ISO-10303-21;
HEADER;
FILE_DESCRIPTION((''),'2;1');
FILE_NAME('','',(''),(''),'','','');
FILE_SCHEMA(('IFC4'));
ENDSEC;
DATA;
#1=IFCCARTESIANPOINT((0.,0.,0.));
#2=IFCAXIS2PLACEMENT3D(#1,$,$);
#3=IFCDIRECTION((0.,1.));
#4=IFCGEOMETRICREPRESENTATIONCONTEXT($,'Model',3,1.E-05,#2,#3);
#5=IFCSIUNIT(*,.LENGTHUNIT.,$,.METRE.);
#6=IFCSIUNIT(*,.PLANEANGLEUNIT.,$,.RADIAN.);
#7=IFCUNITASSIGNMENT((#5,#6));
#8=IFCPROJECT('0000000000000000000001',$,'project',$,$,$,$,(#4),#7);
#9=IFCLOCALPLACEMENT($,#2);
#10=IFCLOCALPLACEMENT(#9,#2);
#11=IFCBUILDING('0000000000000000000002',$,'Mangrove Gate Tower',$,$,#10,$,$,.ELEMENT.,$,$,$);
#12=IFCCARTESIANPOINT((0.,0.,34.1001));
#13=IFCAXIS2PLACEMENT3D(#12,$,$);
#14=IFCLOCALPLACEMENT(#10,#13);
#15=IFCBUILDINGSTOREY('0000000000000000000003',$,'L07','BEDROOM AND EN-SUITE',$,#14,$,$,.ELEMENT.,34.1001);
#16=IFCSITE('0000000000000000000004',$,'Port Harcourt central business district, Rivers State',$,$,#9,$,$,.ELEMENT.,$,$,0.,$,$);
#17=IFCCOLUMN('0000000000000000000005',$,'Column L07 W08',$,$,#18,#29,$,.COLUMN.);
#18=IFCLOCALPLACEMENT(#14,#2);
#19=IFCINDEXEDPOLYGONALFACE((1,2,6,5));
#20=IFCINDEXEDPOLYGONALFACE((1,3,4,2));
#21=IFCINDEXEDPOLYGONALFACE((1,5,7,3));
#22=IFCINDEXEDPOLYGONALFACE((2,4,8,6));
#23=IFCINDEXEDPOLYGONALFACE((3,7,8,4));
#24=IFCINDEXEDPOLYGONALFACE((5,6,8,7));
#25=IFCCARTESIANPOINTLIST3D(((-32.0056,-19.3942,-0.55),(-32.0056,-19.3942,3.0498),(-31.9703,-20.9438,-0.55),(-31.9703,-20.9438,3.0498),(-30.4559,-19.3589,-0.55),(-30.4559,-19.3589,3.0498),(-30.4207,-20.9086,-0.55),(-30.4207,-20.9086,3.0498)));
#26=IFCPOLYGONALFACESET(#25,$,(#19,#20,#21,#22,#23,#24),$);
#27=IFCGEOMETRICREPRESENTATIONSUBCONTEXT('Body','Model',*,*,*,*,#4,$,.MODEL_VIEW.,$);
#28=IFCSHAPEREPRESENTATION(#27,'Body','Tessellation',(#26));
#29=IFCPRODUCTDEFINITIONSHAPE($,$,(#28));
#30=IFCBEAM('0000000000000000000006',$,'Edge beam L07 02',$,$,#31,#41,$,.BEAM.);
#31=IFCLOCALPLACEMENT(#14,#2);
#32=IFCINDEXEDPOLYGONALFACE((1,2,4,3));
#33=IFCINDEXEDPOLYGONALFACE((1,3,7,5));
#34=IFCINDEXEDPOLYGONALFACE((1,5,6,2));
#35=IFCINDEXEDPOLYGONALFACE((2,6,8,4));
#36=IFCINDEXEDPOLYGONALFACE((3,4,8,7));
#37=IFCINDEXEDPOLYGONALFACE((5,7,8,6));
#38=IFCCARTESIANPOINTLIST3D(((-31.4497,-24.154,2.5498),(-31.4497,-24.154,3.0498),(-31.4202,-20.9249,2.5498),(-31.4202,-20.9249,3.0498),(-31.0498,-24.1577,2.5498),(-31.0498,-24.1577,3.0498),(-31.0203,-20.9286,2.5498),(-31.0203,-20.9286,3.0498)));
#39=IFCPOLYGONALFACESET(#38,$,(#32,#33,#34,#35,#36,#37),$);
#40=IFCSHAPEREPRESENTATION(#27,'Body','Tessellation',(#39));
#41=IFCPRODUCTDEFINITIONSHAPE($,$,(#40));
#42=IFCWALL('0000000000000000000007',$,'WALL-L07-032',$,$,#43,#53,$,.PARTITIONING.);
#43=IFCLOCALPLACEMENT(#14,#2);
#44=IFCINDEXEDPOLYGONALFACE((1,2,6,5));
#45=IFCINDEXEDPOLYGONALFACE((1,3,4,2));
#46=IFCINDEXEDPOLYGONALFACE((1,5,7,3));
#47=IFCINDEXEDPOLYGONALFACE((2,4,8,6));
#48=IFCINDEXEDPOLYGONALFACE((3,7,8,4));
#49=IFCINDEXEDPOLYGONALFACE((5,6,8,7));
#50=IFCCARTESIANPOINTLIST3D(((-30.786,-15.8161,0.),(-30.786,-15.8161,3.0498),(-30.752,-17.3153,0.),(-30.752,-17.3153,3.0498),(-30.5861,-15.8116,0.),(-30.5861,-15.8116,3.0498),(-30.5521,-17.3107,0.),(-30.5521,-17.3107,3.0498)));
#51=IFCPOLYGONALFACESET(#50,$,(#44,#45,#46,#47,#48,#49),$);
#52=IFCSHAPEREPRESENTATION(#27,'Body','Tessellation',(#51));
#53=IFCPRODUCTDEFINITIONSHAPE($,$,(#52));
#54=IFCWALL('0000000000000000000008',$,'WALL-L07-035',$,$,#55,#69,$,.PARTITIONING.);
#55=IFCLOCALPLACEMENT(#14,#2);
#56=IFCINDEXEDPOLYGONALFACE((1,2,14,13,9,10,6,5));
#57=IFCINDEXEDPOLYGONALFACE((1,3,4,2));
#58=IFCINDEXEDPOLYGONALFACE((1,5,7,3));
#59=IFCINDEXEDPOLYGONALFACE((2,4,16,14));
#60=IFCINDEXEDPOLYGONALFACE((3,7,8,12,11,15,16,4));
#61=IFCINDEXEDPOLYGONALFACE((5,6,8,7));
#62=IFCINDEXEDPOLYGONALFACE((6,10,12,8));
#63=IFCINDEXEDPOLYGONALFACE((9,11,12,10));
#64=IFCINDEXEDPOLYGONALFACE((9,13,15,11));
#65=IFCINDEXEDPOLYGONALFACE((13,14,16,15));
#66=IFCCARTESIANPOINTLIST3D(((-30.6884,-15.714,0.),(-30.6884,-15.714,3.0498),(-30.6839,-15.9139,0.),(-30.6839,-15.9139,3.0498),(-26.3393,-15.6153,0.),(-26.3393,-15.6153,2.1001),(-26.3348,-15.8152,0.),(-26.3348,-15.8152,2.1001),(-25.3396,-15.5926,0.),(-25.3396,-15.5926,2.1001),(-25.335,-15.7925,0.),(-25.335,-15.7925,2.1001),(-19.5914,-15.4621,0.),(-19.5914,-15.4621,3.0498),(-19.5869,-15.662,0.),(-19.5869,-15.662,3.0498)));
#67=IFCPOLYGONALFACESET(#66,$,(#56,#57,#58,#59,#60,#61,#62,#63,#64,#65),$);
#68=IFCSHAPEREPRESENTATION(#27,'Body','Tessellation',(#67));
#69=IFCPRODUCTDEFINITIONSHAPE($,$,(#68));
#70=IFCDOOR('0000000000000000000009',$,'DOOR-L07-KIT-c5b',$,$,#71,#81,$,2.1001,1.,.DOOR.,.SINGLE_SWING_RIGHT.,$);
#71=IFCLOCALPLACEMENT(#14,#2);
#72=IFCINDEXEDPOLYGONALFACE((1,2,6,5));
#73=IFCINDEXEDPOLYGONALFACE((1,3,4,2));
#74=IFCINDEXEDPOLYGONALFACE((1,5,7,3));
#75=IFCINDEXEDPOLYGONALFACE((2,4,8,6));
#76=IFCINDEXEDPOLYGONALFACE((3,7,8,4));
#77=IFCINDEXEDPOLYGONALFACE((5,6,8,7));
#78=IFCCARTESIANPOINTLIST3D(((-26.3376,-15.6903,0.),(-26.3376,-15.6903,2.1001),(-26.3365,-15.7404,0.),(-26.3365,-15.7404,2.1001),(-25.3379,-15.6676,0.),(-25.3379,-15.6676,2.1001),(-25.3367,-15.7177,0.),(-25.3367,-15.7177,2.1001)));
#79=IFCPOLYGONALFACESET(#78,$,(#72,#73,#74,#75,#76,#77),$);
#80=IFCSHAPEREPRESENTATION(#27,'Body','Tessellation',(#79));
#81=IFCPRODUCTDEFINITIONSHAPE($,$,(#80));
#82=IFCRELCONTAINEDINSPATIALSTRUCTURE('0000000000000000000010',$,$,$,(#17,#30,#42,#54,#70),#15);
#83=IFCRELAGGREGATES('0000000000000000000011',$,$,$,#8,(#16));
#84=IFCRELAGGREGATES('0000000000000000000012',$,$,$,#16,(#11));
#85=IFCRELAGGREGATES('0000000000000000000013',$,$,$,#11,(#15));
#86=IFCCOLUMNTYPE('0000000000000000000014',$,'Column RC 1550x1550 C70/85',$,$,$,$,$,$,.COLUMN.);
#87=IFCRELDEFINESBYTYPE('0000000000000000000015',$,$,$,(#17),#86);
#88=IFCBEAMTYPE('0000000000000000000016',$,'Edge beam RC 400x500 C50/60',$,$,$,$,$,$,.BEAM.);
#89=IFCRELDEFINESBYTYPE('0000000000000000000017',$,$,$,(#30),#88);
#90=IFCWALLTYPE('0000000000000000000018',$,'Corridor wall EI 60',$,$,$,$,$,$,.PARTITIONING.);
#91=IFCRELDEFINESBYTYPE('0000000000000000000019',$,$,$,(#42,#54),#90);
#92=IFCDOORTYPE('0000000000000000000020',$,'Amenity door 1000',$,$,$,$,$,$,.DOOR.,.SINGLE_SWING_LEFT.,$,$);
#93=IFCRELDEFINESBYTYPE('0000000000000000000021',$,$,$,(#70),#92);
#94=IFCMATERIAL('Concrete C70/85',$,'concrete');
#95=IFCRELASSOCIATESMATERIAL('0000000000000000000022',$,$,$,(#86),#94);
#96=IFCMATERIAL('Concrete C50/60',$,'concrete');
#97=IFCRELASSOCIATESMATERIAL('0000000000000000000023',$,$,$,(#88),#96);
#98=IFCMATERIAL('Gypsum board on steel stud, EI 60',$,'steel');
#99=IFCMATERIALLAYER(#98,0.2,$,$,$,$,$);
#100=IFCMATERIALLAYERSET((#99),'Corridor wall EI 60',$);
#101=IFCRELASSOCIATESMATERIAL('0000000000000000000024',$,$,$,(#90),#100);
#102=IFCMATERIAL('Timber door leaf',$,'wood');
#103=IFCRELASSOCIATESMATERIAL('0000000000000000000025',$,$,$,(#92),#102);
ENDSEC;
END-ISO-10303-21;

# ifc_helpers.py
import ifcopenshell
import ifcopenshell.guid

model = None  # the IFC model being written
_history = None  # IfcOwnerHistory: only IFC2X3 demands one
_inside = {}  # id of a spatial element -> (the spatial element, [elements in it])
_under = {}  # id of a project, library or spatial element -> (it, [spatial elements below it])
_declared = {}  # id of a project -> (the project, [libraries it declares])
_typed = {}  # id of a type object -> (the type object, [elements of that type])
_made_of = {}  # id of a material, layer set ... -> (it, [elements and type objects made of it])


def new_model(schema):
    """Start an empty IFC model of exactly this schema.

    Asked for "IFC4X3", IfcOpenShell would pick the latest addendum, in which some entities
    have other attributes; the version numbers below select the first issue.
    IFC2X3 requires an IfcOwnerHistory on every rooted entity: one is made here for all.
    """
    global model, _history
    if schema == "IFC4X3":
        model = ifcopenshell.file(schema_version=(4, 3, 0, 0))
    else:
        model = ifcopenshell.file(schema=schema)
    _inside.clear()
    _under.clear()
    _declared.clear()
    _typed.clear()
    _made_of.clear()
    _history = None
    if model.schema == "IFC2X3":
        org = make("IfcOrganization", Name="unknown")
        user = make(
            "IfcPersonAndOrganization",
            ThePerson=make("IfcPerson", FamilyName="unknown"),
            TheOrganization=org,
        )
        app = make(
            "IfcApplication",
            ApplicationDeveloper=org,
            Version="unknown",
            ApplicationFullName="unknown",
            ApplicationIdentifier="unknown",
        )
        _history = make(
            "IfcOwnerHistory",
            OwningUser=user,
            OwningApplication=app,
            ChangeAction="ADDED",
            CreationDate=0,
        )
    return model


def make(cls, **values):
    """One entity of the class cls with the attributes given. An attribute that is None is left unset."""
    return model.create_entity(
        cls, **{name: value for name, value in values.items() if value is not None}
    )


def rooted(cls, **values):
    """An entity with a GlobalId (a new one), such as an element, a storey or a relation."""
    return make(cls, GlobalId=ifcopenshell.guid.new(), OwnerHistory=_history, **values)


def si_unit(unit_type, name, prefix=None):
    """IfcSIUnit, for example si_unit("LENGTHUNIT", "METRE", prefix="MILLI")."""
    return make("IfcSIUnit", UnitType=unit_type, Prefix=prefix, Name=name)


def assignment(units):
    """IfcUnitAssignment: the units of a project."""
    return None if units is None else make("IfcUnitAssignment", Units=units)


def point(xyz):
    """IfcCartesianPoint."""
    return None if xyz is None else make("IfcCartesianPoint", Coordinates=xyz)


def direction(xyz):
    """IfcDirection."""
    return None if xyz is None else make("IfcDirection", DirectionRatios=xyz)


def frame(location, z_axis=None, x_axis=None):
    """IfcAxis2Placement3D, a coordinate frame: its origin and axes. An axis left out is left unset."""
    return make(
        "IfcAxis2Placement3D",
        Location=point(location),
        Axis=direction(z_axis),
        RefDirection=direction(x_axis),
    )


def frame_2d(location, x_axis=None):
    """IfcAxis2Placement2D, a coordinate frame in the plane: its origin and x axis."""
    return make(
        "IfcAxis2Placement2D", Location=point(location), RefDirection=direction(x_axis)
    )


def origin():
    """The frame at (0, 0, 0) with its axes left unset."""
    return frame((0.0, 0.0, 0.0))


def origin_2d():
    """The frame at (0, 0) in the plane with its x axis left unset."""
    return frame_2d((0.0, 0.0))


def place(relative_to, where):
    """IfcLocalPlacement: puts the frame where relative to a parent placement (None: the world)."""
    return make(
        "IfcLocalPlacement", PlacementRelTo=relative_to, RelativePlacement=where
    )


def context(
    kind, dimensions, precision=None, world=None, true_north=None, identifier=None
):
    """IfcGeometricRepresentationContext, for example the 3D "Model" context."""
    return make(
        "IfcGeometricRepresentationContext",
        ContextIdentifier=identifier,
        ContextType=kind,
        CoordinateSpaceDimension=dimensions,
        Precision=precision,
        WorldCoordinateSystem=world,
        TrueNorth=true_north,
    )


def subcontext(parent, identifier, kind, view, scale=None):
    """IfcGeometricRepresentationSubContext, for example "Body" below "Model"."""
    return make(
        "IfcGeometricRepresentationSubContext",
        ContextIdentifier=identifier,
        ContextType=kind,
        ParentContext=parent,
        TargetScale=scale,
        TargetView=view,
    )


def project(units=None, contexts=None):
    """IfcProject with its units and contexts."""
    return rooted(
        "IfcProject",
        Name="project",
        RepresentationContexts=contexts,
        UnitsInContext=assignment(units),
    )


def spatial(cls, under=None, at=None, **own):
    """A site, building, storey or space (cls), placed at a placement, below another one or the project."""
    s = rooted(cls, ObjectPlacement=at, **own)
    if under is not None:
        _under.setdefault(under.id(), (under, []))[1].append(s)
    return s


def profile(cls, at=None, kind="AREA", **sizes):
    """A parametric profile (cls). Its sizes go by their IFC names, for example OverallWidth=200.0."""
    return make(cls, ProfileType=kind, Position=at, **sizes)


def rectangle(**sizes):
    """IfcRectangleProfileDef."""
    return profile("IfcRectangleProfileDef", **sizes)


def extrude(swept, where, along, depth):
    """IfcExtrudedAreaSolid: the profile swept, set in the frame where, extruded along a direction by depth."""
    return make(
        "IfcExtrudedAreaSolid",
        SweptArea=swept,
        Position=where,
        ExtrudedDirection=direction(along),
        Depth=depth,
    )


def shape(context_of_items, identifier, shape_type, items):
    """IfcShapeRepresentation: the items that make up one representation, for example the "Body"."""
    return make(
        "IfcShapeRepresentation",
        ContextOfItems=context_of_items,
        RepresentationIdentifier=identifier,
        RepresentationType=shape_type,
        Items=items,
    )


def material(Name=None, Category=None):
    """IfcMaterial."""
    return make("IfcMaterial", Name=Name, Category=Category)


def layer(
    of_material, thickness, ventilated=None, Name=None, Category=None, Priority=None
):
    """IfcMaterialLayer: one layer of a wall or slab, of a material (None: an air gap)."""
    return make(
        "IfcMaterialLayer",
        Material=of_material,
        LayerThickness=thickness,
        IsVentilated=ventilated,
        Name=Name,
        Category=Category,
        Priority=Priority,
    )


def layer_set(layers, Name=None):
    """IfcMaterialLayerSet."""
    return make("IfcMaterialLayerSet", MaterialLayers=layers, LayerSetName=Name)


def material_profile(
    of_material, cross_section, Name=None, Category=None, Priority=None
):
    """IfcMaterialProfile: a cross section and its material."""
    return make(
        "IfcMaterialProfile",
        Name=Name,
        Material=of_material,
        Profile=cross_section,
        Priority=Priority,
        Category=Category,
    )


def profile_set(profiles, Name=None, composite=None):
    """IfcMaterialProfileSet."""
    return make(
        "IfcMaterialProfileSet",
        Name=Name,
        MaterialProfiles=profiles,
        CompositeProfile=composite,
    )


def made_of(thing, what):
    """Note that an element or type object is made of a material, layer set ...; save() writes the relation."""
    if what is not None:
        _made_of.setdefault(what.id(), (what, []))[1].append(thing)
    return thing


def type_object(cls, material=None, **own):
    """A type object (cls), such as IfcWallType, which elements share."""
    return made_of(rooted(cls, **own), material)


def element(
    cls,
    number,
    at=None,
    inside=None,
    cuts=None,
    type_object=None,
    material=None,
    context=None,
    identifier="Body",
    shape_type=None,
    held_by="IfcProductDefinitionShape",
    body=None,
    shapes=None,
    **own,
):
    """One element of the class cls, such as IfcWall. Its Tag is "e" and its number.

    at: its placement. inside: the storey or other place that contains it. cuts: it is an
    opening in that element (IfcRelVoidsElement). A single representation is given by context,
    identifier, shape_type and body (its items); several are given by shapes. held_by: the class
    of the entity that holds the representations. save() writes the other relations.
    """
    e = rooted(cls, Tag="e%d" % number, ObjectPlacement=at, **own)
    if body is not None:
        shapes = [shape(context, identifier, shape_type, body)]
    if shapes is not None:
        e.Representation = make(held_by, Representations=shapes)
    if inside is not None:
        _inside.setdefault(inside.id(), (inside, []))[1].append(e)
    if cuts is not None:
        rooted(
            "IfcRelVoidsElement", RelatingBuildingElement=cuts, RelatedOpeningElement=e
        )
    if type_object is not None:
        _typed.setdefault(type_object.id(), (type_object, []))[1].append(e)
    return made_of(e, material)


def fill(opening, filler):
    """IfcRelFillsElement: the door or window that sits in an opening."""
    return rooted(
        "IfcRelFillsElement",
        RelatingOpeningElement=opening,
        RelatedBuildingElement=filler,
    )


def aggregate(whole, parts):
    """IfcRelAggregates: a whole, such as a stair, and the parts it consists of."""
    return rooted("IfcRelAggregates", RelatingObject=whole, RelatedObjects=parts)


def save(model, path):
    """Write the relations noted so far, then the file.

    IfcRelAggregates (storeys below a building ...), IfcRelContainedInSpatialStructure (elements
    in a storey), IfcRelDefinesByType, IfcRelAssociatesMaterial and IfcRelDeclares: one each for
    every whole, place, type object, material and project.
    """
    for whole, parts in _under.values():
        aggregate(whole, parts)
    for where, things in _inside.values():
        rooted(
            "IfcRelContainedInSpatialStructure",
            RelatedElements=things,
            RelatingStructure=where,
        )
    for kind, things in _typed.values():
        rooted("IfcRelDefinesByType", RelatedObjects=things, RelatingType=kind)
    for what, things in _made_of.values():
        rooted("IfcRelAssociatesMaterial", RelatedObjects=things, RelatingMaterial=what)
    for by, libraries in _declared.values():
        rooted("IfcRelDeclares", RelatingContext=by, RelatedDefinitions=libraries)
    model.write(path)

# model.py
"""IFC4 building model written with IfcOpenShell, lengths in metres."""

from ifc_helpers import new_model, si_unit, direction, frame, frame_2d, origin, origin_2d, place, context, subcontext, project, spatial, rectangle, extrude, material, layer, layer_set, material_profile, profile_set, type_object, element, fill, save


model = new_model("IFC4")

# Units and contexts
model_context = context("Model", 3, precision=1e-05, world=origin(), true_north=direction((0.0, 1.0)))
body_context = subcontext(model_context, "Body", "Model", "MODEL_VIEW")
ifc_project = project(units=[si_unit("LENGTHUNIT", "METRE"), si_unit("PLANEANGLEUNIT", "RADIAN")], contexts=[model_context])

# Site, building, storey
site_placement = place(None, origin())
site = spatial("IfcSite", under=ifc_project, at=site_placement, Name="Port Harcourt central business district, Rivers State", CompositionType="ELEMENT", RefElevation=0.0)
building_placement = place(site_placement, origin())
building = spatial("IfcBuilding", under=site, at=building_placement, Name="Mangrove Gate Tower", CompositionType="ELEMENT")
storey_placement = place(building_placement, frame((0.0, 0.0, 34.1001)))
storey = spatial("IfcBuildingStorey", under=building, at=storey_placement, Name="L07", Description="BEDROOM AND EN-SUITE", CompositionType="ELEMENT", Elevation=34.1001)

# Column
ifc_material_1 = material(Name="Concrete C70/85", Category="concrete")
ifc_material_profile_1 = material_profile(ifc_material_1, rectangle(XDim=1.55, YDim=1.55, at=origin_2d()))
ifc_profile_set_1 = profile_set([ifc_material_profile_1], Name="Concrete C70/85")
column_type = type_object("IfcColumnType", Name="Column RC 1550x1550 C70/85", PredefinedType="COLUMN", material=ifc_profile_set_1)
column_placement = place(storey_placement, frame((-31.2131, -20.1514, -0.55), z_axis=(0.0, 0.0, 1.0), x_axis=(0.02274, -0.999741, 0.0)))
element("IfcColumn", 1, at=column_placement, inside=storey, type_object=column_type, Name="Column L07 W08", PredefinedType="COLUMN", context=body_context, shape_type="SweptSolid", body=[
    extrude(rectangle(XDim=1.55, YDim=1.55, at=origin_2d()), origin(), (0.0, 0.0, 1.0), 3.5999),
])

# Beam
ifc_material_2 = material(Name="Concrete C50/60", Category="concrete")
ifc_material_profile_2 = material_profile(ifc_material_2, rectangle(XDim=0.3999, YDim=0.5, at=origin_2d()))
ifc_profile_set_2 = profile_set([ifc_material_profile_2], Name="Concrete C50/60")
beam_type = type_object("IfcBeamType", Name="Edge beam RC 400x500 C50/60", PredefinedType="BEAM", material=ifc_profile_set_2)
beam_placement = place(storey_placement, frame((-31.2202, -20.9268, 2.7998), z_axis=(-0.009148, -0.999958, 0.0), x_axis=(0.999958, -0.009148, 0.0)))
element("IfcBeam", 2, at=beam_placement, inside=storey, type_object=beam_type, Name="Edge beam L07 02", PredefinedType="BEAM", context=body_context, shape_type="SweptSolid", body=[
    extrude(rectangle(XDim=0.3999, YDim=0.5, at=origin_2d()), origin(), (0.0, 0.0, 1.0), 3.2292),
])

# Shared definitions
ifc_material_3 = material(Name="Gypsum board on steel stud, EI 60", Category="steel")
ifc_layer = layer(ifc_material_3, 0.2)
ifc_layer_set = layer_set([ifc_layer], Name="Corridor wall EI 60")
wall_type = type_object("IfcWallType", Name="Corridor wall EI 60", PredefinedType="PARTITIONING", material=ifc_layer_set)
ifc_material_4 = material(Name="Timber door leaf", Category="wood")
door_type_1 = type_object("IfcDoorType", Name="Amenity door 1000", OperationType="SINGLE_SWING_LEFT", PredefinedType="DOOR", material=ifc_material_4)

# Wall
wall_1_placement = place(storey_placement, frame((-30.6521, -17.313, 0.0), z_axis=(0.0, 0.0, 1.0), x_axis=(-0.022633, 0.999744, 0.0)))
element("IfcWall", 3, at=wall_1_placement, inside=storey, type_object=wall_type, Name="WALL-L07-032", PredefinedType="PARTITIONING", context=body_context, shape_type="SweptSolid", body=[
    extrude(rectangle(XDim=1.4995, YDim=0.2, at=frame_2d((0.7498, 0.0))), origin(), (0.0, 0.0, 1.0), 3.0498),
])

# Wall, opening, door
wall_2_placement = place(storey_placement, frame((-30.686, -15.814, 0.0), z_axis=(0.0, 0.0, 1.0), x_axis=(0.999742, 0.022699, 0.0)))
wall_2 = element("IfcWall", 4, at=wall_2_placement, inside=storey, type_object=wall_type, Name="WALL-L07-035", PredefinedType="PARTITIONING", context=body_context, shape_type="SweptSolid", body=[
    extrude(rectangle(XDim=11.0999, YDim=0.2, at=frame_2d((5.5498, 0.0))), origin(), (0.0, 0.0, 1.0), 3.0498),
])
opening_1_placement = place(wall_2_placement, frame((4.3501, 0.0, 0.0)))
opening_1 = element("IfcOpeningElement", 5, at=opening_1_placement, cuts=wall_2, PredefinedType="OPENING", context=body_context, shape_type="SweptSolid", body=[
    extrude(rectangle(XDim=1.0, YDim=2.1001, at=frame_2d((0.5, 1.05))), frame((0.0, 0.1099, 0.0), z_axis=(0.0, -1.0, 0.0), x_axis=(1.0, 0.0, 0.0)), (0.0, 0.0, 1.0), 0.22),
])
door_1_placement = place(opening_1_placement, origin())
door_1 = element("IfcDoor", 6, at=door_1_placement, inside=storey, type_object=door_type_1, Name="DOOR-L07-KIT-c5b", OperationType="SINGLE_SWING_RIGHT", OverallHeight=2.1001, OverallWidth=1.0, PredefinedType="DOOR", context=body_context, shape_type="SweptSolid", body=[
    extrude(rectangle(XDim=1.0, YDim=2.1001, at=frame_2d((0.5, 1.05))), frame((0.0, 0.0249, 0.0), z_axis=(0.0, -1.0, 0.0), x_axis=(1.0, 0.0, 0.0)), (0.0, 0.0, 1.0), 0.05),
])
fill(opening_1, door_1)

save(model, "model.ifc")
